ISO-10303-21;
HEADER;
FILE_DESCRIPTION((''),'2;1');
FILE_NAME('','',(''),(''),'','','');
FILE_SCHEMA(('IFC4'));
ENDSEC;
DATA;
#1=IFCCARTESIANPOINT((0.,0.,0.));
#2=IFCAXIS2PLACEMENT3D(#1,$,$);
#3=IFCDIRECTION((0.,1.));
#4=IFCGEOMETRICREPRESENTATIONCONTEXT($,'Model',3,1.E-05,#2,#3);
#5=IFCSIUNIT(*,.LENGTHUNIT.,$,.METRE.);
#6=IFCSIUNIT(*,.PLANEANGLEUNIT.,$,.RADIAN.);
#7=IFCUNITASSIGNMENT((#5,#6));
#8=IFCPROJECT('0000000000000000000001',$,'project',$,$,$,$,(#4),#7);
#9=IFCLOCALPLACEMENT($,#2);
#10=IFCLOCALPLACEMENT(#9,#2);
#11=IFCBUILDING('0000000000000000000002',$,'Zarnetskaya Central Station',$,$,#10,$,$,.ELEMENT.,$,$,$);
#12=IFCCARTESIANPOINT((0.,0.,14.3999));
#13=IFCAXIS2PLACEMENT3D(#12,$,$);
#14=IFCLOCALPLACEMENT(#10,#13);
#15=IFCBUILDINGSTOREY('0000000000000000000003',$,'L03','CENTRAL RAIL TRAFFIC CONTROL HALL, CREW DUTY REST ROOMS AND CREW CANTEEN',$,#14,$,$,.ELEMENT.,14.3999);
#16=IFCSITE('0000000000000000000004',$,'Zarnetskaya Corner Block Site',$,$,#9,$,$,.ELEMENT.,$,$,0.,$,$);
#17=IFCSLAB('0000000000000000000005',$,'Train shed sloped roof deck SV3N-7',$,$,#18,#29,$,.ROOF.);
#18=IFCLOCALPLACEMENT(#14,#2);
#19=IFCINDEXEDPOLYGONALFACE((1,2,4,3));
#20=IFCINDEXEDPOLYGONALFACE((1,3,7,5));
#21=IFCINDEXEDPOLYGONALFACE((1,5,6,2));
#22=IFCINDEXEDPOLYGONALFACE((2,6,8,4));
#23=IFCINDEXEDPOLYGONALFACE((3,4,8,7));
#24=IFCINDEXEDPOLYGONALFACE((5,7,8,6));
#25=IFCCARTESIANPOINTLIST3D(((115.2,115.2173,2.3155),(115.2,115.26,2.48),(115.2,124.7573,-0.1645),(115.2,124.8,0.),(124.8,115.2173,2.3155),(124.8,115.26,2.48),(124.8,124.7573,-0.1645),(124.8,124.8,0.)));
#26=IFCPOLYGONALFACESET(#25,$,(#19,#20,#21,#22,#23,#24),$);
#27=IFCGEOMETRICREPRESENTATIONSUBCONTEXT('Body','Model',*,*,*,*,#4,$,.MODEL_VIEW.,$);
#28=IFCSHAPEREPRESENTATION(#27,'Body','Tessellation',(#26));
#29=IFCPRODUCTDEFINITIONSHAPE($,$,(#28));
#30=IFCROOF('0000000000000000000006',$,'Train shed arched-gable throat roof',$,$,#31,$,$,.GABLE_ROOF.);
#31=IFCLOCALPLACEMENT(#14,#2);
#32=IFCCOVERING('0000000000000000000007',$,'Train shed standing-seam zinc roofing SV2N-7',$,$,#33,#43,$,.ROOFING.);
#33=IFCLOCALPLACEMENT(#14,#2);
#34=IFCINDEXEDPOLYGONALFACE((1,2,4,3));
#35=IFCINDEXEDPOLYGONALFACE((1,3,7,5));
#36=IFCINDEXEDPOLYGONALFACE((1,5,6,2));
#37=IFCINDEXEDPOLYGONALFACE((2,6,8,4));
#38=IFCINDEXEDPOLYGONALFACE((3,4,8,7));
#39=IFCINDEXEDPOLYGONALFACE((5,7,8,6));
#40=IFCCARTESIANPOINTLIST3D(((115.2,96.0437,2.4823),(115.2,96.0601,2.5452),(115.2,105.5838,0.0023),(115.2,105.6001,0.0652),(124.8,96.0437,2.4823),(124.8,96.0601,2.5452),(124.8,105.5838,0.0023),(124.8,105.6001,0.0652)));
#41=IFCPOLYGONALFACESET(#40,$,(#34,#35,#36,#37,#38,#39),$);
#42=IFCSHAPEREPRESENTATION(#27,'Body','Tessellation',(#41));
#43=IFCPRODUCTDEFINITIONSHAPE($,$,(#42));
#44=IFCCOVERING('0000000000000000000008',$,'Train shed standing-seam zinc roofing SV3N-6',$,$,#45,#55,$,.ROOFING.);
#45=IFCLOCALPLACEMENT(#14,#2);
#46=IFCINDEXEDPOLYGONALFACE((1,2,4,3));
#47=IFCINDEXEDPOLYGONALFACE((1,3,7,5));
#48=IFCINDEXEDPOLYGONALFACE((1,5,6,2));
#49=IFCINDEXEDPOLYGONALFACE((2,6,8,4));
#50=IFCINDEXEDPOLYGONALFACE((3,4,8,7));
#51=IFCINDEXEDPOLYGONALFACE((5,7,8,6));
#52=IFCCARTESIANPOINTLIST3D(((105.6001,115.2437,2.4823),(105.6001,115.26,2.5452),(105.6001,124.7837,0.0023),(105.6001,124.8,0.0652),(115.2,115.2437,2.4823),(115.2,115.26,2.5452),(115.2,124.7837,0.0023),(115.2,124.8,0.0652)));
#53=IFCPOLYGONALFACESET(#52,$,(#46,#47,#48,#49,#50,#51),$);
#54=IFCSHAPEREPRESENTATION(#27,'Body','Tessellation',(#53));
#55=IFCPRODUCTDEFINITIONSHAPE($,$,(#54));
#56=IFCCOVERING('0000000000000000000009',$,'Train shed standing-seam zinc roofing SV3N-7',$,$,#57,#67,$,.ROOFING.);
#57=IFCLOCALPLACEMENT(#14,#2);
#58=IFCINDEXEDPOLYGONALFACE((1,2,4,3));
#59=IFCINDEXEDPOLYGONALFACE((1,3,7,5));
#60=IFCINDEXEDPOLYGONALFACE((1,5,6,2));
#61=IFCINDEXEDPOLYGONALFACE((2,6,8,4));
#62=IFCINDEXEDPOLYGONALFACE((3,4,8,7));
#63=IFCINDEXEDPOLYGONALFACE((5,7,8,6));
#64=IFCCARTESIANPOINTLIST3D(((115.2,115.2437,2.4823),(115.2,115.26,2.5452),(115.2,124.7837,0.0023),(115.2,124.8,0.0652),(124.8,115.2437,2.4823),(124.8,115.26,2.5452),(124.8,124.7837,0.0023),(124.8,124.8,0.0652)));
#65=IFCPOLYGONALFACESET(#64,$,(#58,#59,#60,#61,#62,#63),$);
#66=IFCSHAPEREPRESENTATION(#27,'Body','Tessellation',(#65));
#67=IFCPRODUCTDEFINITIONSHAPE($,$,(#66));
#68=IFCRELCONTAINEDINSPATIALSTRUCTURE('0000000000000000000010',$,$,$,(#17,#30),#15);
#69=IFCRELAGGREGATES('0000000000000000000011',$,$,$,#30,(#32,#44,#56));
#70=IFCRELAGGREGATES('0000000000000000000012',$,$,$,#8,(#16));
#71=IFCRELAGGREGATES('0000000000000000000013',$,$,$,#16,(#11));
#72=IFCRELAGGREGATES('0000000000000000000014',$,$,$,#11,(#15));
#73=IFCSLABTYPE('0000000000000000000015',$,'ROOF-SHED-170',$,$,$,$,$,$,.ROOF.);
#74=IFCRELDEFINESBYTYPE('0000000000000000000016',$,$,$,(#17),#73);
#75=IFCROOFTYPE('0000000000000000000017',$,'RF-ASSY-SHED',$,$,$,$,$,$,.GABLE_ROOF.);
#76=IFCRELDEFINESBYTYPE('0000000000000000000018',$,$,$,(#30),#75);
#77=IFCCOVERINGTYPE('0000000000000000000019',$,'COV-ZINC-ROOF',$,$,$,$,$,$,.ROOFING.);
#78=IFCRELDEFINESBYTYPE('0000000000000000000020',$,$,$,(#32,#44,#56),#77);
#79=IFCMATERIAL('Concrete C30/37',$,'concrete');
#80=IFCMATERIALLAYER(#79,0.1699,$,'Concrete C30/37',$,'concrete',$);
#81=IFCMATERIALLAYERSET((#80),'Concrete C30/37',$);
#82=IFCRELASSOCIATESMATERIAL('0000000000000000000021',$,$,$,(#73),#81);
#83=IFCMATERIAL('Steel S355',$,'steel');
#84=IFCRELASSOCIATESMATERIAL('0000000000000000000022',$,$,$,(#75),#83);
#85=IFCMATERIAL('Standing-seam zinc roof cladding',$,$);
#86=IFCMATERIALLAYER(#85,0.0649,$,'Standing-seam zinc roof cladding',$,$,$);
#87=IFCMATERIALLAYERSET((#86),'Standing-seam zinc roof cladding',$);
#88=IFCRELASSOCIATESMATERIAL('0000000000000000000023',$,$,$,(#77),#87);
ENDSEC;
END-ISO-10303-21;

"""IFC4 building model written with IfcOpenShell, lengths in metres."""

from ifc_helpers import new_model, si_unit, direction, frame, origin, place, context, subcontext, project, spatial, polyline, outline, extrude, material, layer, layer_set, type_object, element, aggregate, save


model = new_model("IFC4")

# Units and contexts
model_context = context("Model", 3, precision=1e-05, world=origin(), true_north=direction((0.0, 1.0)))
body_context = subcontext(model_context, "Body", "Model", "MODEL_VIEW")
ifc_project = project(units=[si_unit("LENGTHUNIT", "METRE"), si_unit("PLANEANGLEUNIT", "RADIAN")], contexts=[model_context])

# Site, building, storey
site_placement = place(None, origin())
site = spatial("IfcSite", under=ifc_project, at=site_placement, Name="Zarnetskaya Corner Block Site", CompositionType="ELEMENT", RefElevation=0.0)
building_placement = place(site_placement, origin())
building = spatial("IfcBuilding", under=site, at=building_placement, Name="Zarnetskaya Central Station", CompositionType="ELEMENT")
storey_placement = place(building_placement, frame((0.0, 0.0, 14.3999)))
storey = spatial("IfcBuildingStorey", under=building, at=storey_placement, Name="L03", Description="CENTRAL RAIL TRAFFIC CONTROL HALL, CREW DUTY REST ROOMS AND CREW CANTEEN", CompositionType="ELEMENT", Elevation=14.3999)

# Shared definitions
ifc_material_1 = material(Name="Steel S355", Category="steel")

# Slab
ifc_material_2 = material(Name="Concrete C30/37", Category="concrete")
ifc_layer_1 = layer(ifc_material_2, 0.1699, Name="Concrete C30/37", Category="concrete")
ifc_layer_set_1 = layer_set([ifc_layer_1], Name="Concrete C30/37")
slab_type = type_object("IfcSlabType", Name="ROOF-SHED-170", PredefinedType="ROOF", material=ifc_layer_set_1)
slab_1_placement = place(storey_placement, frame((124.8, 124.8, 0.0), z_axis=(0.0, 0.251593, 0.967833), x_axis=(-1.0, 0.0, 0.0)))
element("IfcSlab", 1, at=slab_1_placement, inside=storey, type_object=slab_type, Name="Train shed sloped roof deck SV3N-7", PredefinedType="ROOF", context=body_context, shape_type="SweptSolid", body=[
    extrude(outline(polyline([(0.0, 0.0), (9.6001, 0.0), (9.6001, 9.8571), (0.0, 9.8571), (0.0, 0.0)])), origin(), (0.0, 0.0, -1.0), 0.1699),
])

# Roof, coverings
roof_type = type_object("IfcRoofType", Name="RF-ASSY-SHED", PredefinedType="GABLE_ROOF", material=ifc_material_1)
roof_placement = place(storey_placement, origin())
roof = element("IfcRoof", 2, at=roof_placement, inside=storey, type_object=roof_type, Name="Train shed arched-gable throat roof", PredefinedType="GABLE_ROOF")
ifc_material_3 = material(Name="Standing-seam zinc roof cladding")
ifc_layer_2 = layer(ifc_material_3, 0.0649, Name="Standing-seam zinc roof cladding")
ifc_layer_set_2 = layer_set([ifc_layer_2], Name="Standing-seam zinc roof cladding")
covering_type = type_object("IfcCoveringType", Name="COV-ZINC-ROOF", PredefinedType="ROOFING", material=ifc_layer_set_2)
covering_1_placement = place(storey_placement, frame((124.8, 105.6001, 0.0652), z_axis=(0.0, 0.251593, 0.967833), x_axis=(-1.0, 0.0, 0.0)))
covering_1 = element("IfcCovering", 3, at=covering_1_placement, type_object=covering_type, Name="Train shed standing-seam zinc roofing SV2N-7", PredefinedType="ROOFING", context=body_context, shape_type="SweptSolid", body=[
    extrude(outline(polyline([(0.0, 0.0), (9.6001, 0.0), (9.6001, 9.8571), (0.0, 9.8571), (0.0, 0.0)])), origin(), (0.0, 0.0, -1.0), 0.0649),
])
covering_2_placement = place(storey_placement, frame((115.2, 124.8, 0.0652), z_axis=(0.0, 0.251593, 0.967833), x_axis=(-1.0, 0.0, 0.0)))
covering_2 = element("IfcCovering", 4, at=covering_2_placement, type_object=covering_type, Name="Train shed standing-seam zinc roofing SV3N-6", PredefinedType="ROOFING", context=body_context, shape_type="SweptSolid", body=[
    extrude(outline(polyline([(0.0, 0.0), (9.5999, 0.0), (9.5999, 9.8571), (0.0, 9.8571), (0.0, 0.0)])), origin(), (0.0, 0.0, -1.0), 0.0649),
])
covering_3_placement = place(storey_placement, frame((124.8, 124.8, 0.0652), z_axis=(0.0, 0.251593, 0.967833), x_axis=(-1.0, 0.0, 0.0)))
covering_3 = element("IfcCovering", 5, at=covering_3_placement, type_object=covering_type, Name="Train shed standing-seam zinc roofing SV3N-7", PredefinedType="ROOFING", context=body_context, shape_type="SweptSolid", body=[
    extrude(outline(polyline([(0.0, 0.0), (9.6001, 0.0), (9.6001, 9.8571), (0.0, 9.8571), (0.0, 0.0)])), origin(), (0.0, 0.0, -1.0), 0.0649),
])
aggregate(roof, [covering_1, covering_2, covering_3])

save(model, "model.ifc")
